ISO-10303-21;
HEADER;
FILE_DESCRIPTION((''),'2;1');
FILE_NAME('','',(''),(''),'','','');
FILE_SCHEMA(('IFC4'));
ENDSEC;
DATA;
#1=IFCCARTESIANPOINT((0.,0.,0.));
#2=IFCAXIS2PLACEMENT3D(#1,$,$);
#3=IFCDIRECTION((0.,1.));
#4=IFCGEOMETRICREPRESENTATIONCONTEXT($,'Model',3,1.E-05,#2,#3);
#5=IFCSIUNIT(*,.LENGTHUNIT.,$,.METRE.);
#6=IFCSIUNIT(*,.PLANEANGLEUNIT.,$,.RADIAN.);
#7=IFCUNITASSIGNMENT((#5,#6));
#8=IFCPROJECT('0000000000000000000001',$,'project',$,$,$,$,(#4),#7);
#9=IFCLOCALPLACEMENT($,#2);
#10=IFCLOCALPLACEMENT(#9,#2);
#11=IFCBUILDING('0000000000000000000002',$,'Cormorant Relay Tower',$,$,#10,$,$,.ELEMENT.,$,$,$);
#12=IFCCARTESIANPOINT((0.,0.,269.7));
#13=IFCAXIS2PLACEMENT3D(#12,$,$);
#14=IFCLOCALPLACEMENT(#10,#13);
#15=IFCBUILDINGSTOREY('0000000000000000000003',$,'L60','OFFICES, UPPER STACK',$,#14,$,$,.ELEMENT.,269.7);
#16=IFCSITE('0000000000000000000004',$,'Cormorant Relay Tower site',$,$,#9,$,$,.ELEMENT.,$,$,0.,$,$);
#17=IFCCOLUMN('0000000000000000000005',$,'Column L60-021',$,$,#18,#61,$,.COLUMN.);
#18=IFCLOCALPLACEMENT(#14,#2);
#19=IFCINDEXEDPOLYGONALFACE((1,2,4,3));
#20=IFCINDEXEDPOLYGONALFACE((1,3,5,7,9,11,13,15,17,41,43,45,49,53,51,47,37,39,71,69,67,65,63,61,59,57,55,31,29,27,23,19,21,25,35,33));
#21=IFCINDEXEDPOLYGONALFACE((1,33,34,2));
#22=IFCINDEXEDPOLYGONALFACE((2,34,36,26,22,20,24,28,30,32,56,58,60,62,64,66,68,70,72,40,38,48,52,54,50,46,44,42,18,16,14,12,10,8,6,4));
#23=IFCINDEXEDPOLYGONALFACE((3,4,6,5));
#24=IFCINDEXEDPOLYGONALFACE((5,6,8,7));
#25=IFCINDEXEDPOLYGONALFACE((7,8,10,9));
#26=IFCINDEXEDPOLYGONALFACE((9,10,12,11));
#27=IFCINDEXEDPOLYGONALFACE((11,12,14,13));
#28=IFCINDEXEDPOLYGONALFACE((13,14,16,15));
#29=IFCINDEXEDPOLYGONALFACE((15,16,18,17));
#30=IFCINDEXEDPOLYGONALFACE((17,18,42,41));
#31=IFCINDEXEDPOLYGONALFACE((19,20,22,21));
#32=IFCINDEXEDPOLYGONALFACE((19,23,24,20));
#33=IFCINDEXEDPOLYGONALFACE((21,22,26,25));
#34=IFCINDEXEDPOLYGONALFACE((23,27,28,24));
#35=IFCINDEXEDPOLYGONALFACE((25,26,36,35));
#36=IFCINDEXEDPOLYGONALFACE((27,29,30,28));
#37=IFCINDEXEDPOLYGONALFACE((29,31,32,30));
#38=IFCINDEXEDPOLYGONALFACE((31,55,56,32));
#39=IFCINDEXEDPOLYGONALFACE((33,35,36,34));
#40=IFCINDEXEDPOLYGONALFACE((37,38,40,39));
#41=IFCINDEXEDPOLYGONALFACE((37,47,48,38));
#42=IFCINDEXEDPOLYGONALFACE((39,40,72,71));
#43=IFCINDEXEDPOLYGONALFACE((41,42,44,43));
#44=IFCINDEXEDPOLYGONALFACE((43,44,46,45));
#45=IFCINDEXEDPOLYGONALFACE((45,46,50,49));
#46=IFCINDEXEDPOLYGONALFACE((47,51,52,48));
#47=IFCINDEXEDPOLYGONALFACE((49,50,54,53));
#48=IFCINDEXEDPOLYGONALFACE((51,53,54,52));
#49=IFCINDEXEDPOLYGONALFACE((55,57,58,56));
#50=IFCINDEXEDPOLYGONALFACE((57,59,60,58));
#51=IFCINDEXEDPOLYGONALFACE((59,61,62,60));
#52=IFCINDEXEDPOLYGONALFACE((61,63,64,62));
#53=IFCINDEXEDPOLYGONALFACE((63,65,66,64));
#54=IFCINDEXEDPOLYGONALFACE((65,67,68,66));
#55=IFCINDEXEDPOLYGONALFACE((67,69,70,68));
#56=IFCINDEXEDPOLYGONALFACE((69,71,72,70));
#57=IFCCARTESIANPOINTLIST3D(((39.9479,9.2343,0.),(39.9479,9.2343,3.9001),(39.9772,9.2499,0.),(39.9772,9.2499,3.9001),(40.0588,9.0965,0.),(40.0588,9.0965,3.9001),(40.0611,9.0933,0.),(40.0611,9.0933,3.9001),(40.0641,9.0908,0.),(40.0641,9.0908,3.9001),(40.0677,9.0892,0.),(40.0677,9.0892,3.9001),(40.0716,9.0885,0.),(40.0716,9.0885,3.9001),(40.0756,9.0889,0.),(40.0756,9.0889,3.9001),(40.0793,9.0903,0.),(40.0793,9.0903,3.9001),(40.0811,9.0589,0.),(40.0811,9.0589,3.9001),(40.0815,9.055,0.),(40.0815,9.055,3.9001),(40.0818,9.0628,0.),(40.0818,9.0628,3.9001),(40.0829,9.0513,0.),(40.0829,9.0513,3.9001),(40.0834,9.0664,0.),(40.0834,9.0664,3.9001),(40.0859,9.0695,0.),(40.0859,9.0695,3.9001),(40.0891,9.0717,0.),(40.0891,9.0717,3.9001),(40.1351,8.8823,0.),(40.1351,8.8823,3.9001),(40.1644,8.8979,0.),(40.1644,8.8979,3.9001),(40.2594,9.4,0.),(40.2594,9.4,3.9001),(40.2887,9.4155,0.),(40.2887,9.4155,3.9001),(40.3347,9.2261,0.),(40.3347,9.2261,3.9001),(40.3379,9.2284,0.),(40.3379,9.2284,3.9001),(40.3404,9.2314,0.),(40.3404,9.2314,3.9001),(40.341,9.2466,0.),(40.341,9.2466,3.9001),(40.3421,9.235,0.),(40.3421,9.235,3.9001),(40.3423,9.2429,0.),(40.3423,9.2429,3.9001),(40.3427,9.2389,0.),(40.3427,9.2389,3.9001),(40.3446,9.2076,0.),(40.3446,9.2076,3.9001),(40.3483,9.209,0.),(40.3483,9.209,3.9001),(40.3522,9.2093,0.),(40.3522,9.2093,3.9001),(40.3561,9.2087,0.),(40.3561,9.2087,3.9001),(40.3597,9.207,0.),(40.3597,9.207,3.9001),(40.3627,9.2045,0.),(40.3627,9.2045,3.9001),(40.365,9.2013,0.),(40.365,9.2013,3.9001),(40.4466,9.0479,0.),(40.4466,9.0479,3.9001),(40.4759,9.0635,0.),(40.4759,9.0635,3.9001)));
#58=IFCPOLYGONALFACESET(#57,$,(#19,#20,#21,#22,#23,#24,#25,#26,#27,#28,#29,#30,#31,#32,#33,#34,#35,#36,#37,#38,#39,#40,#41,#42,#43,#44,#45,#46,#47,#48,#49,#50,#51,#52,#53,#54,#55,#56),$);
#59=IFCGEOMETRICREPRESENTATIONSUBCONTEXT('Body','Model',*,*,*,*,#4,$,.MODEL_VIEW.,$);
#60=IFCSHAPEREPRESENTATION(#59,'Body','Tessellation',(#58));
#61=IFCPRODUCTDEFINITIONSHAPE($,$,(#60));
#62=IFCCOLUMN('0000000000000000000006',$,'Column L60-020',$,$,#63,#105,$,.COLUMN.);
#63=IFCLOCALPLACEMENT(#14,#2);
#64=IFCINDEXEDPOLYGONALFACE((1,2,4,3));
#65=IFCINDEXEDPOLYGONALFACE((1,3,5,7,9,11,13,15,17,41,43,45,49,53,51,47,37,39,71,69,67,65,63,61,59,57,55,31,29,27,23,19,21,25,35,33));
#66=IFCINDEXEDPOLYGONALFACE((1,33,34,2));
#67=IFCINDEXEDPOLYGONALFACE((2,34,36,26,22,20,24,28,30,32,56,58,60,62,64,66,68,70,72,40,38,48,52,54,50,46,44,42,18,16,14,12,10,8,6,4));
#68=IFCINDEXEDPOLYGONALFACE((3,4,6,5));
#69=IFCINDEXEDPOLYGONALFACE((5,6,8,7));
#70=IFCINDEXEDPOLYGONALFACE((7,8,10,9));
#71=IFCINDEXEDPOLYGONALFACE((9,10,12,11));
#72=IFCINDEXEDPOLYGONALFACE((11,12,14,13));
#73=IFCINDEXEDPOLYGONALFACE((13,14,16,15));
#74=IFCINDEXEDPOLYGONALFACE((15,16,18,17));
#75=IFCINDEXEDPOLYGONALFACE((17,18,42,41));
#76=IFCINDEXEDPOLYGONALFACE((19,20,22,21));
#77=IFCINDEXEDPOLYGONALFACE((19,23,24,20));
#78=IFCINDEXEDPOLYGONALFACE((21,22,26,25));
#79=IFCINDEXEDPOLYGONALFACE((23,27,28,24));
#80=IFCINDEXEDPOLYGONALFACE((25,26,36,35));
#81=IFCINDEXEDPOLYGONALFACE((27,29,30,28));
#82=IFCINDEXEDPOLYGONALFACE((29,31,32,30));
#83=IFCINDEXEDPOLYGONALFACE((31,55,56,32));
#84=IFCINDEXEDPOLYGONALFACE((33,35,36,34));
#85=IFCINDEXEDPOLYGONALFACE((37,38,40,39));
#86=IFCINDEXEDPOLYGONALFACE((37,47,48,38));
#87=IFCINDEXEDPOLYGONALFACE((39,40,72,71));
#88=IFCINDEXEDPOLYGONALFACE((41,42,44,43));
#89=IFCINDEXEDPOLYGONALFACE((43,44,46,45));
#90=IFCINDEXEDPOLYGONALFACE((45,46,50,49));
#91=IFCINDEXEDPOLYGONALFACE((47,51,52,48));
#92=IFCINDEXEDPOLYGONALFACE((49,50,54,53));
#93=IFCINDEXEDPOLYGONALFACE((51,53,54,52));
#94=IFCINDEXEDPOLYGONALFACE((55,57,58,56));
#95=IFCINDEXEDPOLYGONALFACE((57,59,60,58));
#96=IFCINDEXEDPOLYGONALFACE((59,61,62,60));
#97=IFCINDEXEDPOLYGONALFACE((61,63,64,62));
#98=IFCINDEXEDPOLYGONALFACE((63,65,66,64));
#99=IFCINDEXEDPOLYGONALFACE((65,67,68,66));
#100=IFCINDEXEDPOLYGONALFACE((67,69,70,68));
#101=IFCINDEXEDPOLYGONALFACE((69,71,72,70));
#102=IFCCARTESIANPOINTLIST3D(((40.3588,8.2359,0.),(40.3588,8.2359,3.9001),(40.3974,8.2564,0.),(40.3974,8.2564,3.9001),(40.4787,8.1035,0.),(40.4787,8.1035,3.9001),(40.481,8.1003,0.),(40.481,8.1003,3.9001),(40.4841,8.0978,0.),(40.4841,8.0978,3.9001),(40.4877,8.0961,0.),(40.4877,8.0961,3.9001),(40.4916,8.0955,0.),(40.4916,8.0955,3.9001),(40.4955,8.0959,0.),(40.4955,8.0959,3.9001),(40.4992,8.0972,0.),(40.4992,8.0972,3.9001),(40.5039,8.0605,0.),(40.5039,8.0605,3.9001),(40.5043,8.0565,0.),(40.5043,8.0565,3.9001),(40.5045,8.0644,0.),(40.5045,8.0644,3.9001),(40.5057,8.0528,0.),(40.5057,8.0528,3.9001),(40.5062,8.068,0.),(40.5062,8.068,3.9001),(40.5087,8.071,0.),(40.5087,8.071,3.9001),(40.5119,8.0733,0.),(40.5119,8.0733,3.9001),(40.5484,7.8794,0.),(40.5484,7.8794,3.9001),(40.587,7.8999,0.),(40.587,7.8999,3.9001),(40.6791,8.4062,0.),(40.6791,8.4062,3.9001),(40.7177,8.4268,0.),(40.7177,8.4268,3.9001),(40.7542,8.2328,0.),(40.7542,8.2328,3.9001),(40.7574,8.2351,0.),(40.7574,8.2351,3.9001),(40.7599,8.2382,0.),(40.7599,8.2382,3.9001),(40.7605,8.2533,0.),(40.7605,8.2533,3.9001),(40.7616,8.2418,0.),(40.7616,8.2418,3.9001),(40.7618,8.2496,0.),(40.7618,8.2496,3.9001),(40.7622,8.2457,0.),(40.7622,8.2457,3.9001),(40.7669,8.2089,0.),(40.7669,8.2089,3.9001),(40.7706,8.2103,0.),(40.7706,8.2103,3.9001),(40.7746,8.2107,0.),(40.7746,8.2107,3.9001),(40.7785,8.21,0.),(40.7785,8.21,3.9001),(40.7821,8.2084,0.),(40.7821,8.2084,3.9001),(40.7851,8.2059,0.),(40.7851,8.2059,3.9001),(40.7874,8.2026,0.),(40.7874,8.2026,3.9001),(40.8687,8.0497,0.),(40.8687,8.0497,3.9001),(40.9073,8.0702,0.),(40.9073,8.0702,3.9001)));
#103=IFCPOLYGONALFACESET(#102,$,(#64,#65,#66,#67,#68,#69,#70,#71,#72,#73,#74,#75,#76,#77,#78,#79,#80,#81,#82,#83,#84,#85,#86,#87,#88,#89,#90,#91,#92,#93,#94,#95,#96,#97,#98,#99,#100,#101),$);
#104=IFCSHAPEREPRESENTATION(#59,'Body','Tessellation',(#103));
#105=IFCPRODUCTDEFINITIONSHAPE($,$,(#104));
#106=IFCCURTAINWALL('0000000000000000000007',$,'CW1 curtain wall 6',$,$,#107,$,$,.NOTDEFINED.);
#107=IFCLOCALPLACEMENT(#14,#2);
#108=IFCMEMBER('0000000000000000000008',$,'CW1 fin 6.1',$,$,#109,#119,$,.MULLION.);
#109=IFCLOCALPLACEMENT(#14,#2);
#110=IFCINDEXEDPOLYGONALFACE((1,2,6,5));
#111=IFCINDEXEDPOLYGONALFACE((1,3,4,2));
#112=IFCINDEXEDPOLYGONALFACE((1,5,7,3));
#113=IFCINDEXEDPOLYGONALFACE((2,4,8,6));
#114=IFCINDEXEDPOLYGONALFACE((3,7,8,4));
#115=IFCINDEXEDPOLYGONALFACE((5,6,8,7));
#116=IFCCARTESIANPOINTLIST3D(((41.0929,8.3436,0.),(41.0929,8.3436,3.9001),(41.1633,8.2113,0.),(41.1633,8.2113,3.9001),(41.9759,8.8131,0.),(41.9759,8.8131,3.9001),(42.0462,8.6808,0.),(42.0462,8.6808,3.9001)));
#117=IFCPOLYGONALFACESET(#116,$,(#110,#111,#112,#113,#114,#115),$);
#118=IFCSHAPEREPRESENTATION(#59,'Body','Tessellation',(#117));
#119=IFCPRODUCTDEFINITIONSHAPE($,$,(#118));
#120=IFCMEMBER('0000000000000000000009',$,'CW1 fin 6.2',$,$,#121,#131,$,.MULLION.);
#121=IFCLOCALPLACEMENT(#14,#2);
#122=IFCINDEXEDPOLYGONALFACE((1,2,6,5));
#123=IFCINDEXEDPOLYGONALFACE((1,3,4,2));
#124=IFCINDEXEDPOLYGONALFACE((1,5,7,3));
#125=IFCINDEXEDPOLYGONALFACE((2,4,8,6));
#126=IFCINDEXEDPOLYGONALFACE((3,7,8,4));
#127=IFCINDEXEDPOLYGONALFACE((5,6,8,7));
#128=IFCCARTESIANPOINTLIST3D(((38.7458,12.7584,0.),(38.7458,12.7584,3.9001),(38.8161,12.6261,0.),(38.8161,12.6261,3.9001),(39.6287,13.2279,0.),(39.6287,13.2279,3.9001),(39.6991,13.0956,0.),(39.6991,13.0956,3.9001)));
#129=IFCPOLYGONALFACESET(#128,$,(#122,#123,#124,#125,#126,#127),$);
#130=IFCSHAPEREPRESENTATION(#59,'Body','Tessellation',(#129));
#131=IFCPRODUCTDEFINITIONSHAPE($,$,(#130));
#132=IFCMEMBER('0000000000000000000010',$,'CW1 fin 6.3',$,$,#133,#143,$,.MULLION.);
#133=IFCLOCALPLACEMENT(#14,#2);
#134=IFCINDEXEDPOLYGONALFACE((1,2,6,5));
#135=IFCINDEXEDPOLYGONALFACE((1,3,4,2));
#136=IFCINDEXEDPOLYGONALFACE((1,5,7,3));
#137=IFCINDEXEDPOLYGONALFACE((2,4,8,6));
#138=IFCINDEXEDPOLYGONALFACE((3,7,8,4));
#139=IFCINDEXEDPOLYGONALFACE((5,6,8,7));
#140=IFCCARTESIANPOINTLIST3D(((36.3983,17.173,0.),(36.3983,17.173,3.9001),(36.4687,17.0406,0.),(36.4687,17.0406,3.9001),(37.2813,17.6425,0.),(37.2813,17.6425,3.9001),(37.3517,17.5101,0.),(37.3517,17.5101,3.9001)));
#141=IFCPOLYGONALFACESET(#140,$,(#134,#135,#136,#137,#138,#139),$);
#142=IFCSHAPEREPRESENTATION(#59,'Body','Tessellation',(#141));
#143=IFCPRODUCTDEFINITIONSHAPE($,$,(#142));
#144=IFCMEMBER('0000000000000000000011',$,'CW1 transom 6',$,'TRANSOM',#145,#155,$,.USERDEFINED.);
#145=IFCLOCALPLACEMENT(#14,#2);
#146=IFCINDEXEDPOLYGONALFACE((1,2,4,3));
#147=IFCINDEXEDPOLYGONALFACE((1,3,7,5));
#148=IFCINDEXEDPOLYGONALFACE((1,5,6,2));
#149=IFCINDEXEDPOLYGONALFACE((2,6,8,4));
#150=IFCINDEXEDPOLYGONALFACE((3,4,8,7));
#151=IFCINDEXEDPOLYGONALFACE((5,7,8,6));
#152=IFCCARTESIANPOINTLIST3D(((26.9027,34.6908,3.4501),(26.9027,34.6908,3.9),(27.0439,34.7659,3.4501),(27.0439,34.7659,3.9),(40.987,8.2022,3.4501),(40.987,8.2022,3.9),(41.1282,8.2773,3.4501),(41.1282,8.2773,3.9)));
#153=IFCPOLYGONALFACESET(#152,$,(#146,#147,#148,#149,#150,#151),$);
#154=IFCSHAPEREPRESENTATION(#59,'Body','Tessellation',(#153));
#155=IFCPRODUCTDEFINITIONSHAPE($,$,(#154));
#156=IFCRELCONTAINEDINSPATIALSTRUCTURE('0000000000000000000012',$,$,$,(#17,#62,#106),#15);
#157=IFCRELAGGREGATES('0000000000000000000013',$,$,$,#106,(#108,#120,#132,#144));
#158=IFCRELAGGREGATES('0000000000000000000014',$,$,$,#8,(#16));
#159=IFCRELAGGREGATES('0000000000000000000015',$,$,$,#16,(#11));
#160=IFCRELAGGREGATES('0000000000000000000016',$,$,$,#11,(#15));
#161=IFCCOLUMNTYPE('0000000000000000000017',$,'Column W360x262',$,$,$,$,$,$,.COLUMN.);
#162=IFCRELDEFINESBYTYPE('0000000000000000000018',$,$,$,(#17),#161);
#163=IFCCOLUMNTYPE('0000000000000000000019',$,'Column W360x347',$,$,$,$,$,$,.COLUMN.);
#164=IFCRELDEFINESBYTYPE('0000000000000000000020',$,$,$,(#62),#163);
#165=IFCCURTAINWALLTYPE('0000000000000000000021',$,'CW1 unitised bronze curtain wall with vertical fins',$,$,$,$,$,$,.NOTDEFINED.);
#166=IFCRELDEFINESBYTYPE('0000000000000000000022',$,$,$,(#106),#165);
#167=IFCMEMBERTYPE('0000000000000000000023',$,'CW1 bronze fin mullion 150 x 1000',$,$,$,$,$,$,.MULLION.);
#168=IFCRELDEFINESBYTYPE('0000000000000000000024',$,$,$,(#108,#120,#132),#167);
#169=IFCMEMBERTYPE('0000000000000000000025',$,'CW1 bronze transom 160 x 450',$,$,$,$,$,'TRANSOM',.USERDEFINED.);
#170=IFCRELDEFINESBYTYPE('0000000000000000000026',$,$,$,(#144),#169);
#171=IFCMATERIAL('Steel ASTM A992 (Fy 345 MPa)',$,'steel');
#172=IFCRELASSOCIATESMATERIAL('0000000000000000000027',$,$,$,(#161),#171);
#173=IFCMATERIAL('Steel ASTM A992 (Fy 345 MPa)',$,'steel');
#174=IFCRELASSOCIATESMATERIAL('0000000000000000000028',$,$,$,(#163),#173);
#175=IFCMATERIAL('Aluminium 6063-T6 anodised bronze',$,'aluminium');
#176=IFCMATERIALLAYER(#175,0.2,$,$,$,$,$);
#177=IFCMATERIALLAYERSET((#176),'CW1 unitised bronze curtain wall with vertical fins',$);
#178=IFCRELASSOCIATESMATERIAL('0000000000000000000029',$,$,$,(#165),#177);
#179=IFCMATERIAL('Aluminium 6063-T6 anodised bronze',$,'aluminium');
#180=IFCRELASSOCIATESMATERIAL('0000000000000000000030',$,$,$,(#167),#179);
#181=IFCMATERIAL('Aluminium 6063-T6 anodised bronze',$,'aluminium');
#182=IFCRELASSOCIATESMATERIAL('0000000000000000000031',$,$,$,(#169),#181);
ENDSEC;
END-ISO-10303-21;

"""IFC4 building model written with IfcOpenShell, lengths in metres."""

from ifc_helpers import new_model, si_unit, direction, frame, origin, origin_2d, place, context, subcontext, project, spatial, rectangle, i_section, extrude, material, layer, layer_set, material_profile, profile_set, type_object, element, aggregate, save


model = new_model("IFC4")

# Units and contexts
model_context = context("Model", 3, precision=1e-05, world=origin(), true_north=direction((0.0, 1.0)))
body_context = subcontext(model_context, "Body", "Model", "MODEL_VIEW")
ifc_project = project(units=[si_unit("LENGTHUNIT", "METRE"), si_unit("PLANEANGLEUNIT", "RADIAN")], contexts=[model_context])

# Site, building, storey
site_placement = place(None, origin())
site = spatial("IfcSite", under=ifc_project, at=site_placement, Name="Cormorant Relay Tower site", CompositionType="ELEMENT", RefElevation=0.0)
building_placement = place(site_placement, origin())
building = spatial("IfcBuilding", under=site, at=building_placement, Name="Cormorant Relay Tower", CompositionType="ELEMENT")
storey_placement = place(building_placement, frame((0.0, 0.0, 269.7)))
storey = spatial("IfcBuildingStorey", under=building, at=storey_placement, Name="L60", Description="OFFICES, UPPER STACK", CompositionType="ELEMENT", Elevation=269.7)

# Columns
ifc_material_1 = material(Name="Steel ASTM A992 (Fy 345 MPa)", Category="steel")
ifc_material_profile_1 = material_profile(ifc_material_1, i_section(OverallWidth=0.3987, OverallDepth=0.386, WebThickness=0.021, FlangeThickness=0.0332, FilletRadius=0.0151, at=origin_2d()), Name="W360x262")
ifc_profile_set_1 = profile_set([ifc_material_profile_1], Name="Steel ASTM A992 (Fy 345 MPa)")
column_type_1 = type_object("IfcColumnType", Name="Column W360x262", PredefinedType="COLUMN", material=ifc_profile_set_1)
column_1_placement = place(storey_placement, frame((40.2119, 9.1489, 0.0), z_axis=(0.0, 0.0, 1.0), x_axis=(-0.469472, 0.882948, 0.0)))
element("IfcColumn", 1, at=column_1_placement, inside=storey, type_object=column_type_1, Name="Column L60-021", PredefinedType="COLUMN", context=body_context, shape_type="SweptSolid", body=[
    extrude(i_section(OverallWidth=0.3987, OverallDepth=0.386, WebThickness=0.021, FlangeThickness=0.0332, FilletRadius=0.0151, at=origin_2d()), origin(), (0.0, 0.0, 1.0), 3.9001),
])
ifc_material_2 = material(Name="Steel ASTM A992 (Fy 345 MPa)", Category="steel")
ifc_material_profile_2 = material_profile(ifc_material_2, i_section(OverallWidth=0.4038, OverallDepth=0.4065, WebThickness=0.0271, FlangeThickness=0.0437, FilletRadius=0.0151, at=origin_2d()), Name="W360x347")
ifc_profile_set_2 = profile_set([ifc_material_profile_2], Name="Steel ASTM A992 (Fy 345 MPa)")
column_type_2 = type_object("IfcColumnType", Name="Column W360x347", PredefinedType="COLUMN", material=ifc_profile_set_2)
column_2_placement = place(storey_placement, frame((40.6331, 8.1531, 0.0), z_axis=(0.0, 0.0, 1.0), x_axis=(-0.469472, 0.882948, 0.0)))
element("IfcColumn", 2, at=column_2_placement, inside=storey, type_object=column_type_2, Name="Column L60-020", PredefinedType="COLUMN", context=body_context, shape_type="SweptSolid", body=[
    extrude(i_section(OverallWidth=0.4038, OverallDepth=0.4065, WebThickness=0.0271, FlangeThickness=0.0437, FilletRadius=0.0151, at=origin_2d()), origin(), (0.0, 0.0, 1.0), 3.9001),
])

# Curtain wall, members
ifc_material_3 = material(Name="Aluminium 6063-T6 anodised bronze", Category="aluminium")
ifc_layer_1 = layer(ifc_material_3, 0.2)
ifc_layer_set_1 = layer_set([ifc_layer_1], Name="CW1 unitised bronze curtain wall with vertical fins")
curtain_wall_type = type_object("IfcCurtainWallType", Name="CW1 unitised bronze curtain wall with vertical fins", PredefinedType="NOTDEFINED", material=ifc_layer_set_1)
curtain_wall_1_placement = place(storey_placement, origin())
curtain_wall_1 = element("IfcCurtainWall", 3, at=curtain_wall_1_placement, inside=storey, type_object=curtain_wall_type, Name="CW1 curtain wall 6", PredefinedType="NOTDEFINED")
ifc_material_4 = material(Name="Aluminium 6063-T6 anodised bronze", Category="aluminium")
ifc_material_profile_3 = material_profile(ifc_material_4, rectangle(XDim=0.1499, YDim=1.0, at=origin_2d()), Name="AL 150x1000")
ifc_profile_set_3 = profile_set([ifc_material_profile_3], Name="Aluminium 6063-T6 anodised bronze")
member_type_1 = type_object("IfcMemberType", Name="CW1 bronze fin mullion 150 x 1000", PredefinedType="MULLION", material=ifc_profile_set_3)
member_1_placement = place(storey_placement, frame((41.5696, 8.5122, 0.0), z_axis=(0.0, 0.0, 1.0), x_axis=(-0.469472, 0.882948, 0.0)))
member_1 = element("IfcMember", 4, at=member_1_placement, type_object=member_type_1, Name="CW1 fin 6.1", PredefinedType="MULLION", context=body_context, shape_type="SweptSolid", body=[
    extrude(rectangle(XDim=0.1499, YDim=1.0, at=origin_2d()), origin(), (0.0, 0.0, 1.0), 3.9001),
])
member_2_placement = place(storey_placement, frame((39.2224, 12.927, 0.0), z_axis=(0.0, 0.0, 1.0), x_axis=(-0.469472, 0.882948, 0.0)))
member_2 = element("IfcMember", 5, at=member_2_placement, type_object=member_type_1, Name="CW1 fin 6.2", PredefinedType="MULLION", context=body_context, shape_type="SweptSolid", body=[
    extrude(rectangle(XDim=0.1499, YDim=1.0, at=origin_2d()), origin(), (0.0, 0.0, 1.0), 3.9001),
])
member_3_placement = place(storey_placement, frame((36.875, 17.3416, 0.0), z_axis=(0.0, 0.0, 1.0), x_axis=(-0.469472, 0.882948, 0.0)))
member_3 = element("IfcMember", 6, at=member_3_placement, type_object=member_type_1, Name="CW1 fin 6.3", PredefinedType="MULLION", context=body_context, shape_type="SweptSolid", body=[
    extrude(rectangle(XDim=0.1499, YDim=1.0, at=origin_2d()), origin(), (0.0, 0.0, 1.0), 3.9001),
])
ifc_material_5 = material(Name="Aluminium 6063-T6 anodised bronze", Category="aluminium")
ifc_material_profile_4 = material_profile(ifc_material_5, rectangle(XDim=0.1599, YDim=0.45, at=origin_2d()), Name="AL 160x450")
ifc_profile_set_4 = profile_set([ifc_material_profile_4], Name="Aluminium 6063-T6 anodised bronze")
member_type_2 = type_object("IfcMemberType", Name="CW1 bronze transom 160 x 450", ElementType="TRANSOM", PredefinedType="USERDEFINED", material=ifc_profile_set_4)
member_4_placement = place(storey_placement, frame((41.0576, 8.2397, 3.675), z_axis=(-0.469472, 0.882947, 0.0), x_axis=(-0.882947, -0.469472, 0.0)))
member_4 = element("IfcMember", 7, at=member_4_placement, type_object=member_type_2, Name="CW1 transom 6", ObjectType="TRANSOM", PredefinedType="USERDEFINED", context=body_context, shape_type="SweptSolid", body=[
    extrude(rectangle(XDim=0.1599, YDim=0.45, at=origin_2d()), origin(), (0.0, 0.0, 1.0), 30.0002),
])

aggregate(curtain_wall_1, [member_1, member_2, member_3, member_4])

save(model, "model.ifc")
